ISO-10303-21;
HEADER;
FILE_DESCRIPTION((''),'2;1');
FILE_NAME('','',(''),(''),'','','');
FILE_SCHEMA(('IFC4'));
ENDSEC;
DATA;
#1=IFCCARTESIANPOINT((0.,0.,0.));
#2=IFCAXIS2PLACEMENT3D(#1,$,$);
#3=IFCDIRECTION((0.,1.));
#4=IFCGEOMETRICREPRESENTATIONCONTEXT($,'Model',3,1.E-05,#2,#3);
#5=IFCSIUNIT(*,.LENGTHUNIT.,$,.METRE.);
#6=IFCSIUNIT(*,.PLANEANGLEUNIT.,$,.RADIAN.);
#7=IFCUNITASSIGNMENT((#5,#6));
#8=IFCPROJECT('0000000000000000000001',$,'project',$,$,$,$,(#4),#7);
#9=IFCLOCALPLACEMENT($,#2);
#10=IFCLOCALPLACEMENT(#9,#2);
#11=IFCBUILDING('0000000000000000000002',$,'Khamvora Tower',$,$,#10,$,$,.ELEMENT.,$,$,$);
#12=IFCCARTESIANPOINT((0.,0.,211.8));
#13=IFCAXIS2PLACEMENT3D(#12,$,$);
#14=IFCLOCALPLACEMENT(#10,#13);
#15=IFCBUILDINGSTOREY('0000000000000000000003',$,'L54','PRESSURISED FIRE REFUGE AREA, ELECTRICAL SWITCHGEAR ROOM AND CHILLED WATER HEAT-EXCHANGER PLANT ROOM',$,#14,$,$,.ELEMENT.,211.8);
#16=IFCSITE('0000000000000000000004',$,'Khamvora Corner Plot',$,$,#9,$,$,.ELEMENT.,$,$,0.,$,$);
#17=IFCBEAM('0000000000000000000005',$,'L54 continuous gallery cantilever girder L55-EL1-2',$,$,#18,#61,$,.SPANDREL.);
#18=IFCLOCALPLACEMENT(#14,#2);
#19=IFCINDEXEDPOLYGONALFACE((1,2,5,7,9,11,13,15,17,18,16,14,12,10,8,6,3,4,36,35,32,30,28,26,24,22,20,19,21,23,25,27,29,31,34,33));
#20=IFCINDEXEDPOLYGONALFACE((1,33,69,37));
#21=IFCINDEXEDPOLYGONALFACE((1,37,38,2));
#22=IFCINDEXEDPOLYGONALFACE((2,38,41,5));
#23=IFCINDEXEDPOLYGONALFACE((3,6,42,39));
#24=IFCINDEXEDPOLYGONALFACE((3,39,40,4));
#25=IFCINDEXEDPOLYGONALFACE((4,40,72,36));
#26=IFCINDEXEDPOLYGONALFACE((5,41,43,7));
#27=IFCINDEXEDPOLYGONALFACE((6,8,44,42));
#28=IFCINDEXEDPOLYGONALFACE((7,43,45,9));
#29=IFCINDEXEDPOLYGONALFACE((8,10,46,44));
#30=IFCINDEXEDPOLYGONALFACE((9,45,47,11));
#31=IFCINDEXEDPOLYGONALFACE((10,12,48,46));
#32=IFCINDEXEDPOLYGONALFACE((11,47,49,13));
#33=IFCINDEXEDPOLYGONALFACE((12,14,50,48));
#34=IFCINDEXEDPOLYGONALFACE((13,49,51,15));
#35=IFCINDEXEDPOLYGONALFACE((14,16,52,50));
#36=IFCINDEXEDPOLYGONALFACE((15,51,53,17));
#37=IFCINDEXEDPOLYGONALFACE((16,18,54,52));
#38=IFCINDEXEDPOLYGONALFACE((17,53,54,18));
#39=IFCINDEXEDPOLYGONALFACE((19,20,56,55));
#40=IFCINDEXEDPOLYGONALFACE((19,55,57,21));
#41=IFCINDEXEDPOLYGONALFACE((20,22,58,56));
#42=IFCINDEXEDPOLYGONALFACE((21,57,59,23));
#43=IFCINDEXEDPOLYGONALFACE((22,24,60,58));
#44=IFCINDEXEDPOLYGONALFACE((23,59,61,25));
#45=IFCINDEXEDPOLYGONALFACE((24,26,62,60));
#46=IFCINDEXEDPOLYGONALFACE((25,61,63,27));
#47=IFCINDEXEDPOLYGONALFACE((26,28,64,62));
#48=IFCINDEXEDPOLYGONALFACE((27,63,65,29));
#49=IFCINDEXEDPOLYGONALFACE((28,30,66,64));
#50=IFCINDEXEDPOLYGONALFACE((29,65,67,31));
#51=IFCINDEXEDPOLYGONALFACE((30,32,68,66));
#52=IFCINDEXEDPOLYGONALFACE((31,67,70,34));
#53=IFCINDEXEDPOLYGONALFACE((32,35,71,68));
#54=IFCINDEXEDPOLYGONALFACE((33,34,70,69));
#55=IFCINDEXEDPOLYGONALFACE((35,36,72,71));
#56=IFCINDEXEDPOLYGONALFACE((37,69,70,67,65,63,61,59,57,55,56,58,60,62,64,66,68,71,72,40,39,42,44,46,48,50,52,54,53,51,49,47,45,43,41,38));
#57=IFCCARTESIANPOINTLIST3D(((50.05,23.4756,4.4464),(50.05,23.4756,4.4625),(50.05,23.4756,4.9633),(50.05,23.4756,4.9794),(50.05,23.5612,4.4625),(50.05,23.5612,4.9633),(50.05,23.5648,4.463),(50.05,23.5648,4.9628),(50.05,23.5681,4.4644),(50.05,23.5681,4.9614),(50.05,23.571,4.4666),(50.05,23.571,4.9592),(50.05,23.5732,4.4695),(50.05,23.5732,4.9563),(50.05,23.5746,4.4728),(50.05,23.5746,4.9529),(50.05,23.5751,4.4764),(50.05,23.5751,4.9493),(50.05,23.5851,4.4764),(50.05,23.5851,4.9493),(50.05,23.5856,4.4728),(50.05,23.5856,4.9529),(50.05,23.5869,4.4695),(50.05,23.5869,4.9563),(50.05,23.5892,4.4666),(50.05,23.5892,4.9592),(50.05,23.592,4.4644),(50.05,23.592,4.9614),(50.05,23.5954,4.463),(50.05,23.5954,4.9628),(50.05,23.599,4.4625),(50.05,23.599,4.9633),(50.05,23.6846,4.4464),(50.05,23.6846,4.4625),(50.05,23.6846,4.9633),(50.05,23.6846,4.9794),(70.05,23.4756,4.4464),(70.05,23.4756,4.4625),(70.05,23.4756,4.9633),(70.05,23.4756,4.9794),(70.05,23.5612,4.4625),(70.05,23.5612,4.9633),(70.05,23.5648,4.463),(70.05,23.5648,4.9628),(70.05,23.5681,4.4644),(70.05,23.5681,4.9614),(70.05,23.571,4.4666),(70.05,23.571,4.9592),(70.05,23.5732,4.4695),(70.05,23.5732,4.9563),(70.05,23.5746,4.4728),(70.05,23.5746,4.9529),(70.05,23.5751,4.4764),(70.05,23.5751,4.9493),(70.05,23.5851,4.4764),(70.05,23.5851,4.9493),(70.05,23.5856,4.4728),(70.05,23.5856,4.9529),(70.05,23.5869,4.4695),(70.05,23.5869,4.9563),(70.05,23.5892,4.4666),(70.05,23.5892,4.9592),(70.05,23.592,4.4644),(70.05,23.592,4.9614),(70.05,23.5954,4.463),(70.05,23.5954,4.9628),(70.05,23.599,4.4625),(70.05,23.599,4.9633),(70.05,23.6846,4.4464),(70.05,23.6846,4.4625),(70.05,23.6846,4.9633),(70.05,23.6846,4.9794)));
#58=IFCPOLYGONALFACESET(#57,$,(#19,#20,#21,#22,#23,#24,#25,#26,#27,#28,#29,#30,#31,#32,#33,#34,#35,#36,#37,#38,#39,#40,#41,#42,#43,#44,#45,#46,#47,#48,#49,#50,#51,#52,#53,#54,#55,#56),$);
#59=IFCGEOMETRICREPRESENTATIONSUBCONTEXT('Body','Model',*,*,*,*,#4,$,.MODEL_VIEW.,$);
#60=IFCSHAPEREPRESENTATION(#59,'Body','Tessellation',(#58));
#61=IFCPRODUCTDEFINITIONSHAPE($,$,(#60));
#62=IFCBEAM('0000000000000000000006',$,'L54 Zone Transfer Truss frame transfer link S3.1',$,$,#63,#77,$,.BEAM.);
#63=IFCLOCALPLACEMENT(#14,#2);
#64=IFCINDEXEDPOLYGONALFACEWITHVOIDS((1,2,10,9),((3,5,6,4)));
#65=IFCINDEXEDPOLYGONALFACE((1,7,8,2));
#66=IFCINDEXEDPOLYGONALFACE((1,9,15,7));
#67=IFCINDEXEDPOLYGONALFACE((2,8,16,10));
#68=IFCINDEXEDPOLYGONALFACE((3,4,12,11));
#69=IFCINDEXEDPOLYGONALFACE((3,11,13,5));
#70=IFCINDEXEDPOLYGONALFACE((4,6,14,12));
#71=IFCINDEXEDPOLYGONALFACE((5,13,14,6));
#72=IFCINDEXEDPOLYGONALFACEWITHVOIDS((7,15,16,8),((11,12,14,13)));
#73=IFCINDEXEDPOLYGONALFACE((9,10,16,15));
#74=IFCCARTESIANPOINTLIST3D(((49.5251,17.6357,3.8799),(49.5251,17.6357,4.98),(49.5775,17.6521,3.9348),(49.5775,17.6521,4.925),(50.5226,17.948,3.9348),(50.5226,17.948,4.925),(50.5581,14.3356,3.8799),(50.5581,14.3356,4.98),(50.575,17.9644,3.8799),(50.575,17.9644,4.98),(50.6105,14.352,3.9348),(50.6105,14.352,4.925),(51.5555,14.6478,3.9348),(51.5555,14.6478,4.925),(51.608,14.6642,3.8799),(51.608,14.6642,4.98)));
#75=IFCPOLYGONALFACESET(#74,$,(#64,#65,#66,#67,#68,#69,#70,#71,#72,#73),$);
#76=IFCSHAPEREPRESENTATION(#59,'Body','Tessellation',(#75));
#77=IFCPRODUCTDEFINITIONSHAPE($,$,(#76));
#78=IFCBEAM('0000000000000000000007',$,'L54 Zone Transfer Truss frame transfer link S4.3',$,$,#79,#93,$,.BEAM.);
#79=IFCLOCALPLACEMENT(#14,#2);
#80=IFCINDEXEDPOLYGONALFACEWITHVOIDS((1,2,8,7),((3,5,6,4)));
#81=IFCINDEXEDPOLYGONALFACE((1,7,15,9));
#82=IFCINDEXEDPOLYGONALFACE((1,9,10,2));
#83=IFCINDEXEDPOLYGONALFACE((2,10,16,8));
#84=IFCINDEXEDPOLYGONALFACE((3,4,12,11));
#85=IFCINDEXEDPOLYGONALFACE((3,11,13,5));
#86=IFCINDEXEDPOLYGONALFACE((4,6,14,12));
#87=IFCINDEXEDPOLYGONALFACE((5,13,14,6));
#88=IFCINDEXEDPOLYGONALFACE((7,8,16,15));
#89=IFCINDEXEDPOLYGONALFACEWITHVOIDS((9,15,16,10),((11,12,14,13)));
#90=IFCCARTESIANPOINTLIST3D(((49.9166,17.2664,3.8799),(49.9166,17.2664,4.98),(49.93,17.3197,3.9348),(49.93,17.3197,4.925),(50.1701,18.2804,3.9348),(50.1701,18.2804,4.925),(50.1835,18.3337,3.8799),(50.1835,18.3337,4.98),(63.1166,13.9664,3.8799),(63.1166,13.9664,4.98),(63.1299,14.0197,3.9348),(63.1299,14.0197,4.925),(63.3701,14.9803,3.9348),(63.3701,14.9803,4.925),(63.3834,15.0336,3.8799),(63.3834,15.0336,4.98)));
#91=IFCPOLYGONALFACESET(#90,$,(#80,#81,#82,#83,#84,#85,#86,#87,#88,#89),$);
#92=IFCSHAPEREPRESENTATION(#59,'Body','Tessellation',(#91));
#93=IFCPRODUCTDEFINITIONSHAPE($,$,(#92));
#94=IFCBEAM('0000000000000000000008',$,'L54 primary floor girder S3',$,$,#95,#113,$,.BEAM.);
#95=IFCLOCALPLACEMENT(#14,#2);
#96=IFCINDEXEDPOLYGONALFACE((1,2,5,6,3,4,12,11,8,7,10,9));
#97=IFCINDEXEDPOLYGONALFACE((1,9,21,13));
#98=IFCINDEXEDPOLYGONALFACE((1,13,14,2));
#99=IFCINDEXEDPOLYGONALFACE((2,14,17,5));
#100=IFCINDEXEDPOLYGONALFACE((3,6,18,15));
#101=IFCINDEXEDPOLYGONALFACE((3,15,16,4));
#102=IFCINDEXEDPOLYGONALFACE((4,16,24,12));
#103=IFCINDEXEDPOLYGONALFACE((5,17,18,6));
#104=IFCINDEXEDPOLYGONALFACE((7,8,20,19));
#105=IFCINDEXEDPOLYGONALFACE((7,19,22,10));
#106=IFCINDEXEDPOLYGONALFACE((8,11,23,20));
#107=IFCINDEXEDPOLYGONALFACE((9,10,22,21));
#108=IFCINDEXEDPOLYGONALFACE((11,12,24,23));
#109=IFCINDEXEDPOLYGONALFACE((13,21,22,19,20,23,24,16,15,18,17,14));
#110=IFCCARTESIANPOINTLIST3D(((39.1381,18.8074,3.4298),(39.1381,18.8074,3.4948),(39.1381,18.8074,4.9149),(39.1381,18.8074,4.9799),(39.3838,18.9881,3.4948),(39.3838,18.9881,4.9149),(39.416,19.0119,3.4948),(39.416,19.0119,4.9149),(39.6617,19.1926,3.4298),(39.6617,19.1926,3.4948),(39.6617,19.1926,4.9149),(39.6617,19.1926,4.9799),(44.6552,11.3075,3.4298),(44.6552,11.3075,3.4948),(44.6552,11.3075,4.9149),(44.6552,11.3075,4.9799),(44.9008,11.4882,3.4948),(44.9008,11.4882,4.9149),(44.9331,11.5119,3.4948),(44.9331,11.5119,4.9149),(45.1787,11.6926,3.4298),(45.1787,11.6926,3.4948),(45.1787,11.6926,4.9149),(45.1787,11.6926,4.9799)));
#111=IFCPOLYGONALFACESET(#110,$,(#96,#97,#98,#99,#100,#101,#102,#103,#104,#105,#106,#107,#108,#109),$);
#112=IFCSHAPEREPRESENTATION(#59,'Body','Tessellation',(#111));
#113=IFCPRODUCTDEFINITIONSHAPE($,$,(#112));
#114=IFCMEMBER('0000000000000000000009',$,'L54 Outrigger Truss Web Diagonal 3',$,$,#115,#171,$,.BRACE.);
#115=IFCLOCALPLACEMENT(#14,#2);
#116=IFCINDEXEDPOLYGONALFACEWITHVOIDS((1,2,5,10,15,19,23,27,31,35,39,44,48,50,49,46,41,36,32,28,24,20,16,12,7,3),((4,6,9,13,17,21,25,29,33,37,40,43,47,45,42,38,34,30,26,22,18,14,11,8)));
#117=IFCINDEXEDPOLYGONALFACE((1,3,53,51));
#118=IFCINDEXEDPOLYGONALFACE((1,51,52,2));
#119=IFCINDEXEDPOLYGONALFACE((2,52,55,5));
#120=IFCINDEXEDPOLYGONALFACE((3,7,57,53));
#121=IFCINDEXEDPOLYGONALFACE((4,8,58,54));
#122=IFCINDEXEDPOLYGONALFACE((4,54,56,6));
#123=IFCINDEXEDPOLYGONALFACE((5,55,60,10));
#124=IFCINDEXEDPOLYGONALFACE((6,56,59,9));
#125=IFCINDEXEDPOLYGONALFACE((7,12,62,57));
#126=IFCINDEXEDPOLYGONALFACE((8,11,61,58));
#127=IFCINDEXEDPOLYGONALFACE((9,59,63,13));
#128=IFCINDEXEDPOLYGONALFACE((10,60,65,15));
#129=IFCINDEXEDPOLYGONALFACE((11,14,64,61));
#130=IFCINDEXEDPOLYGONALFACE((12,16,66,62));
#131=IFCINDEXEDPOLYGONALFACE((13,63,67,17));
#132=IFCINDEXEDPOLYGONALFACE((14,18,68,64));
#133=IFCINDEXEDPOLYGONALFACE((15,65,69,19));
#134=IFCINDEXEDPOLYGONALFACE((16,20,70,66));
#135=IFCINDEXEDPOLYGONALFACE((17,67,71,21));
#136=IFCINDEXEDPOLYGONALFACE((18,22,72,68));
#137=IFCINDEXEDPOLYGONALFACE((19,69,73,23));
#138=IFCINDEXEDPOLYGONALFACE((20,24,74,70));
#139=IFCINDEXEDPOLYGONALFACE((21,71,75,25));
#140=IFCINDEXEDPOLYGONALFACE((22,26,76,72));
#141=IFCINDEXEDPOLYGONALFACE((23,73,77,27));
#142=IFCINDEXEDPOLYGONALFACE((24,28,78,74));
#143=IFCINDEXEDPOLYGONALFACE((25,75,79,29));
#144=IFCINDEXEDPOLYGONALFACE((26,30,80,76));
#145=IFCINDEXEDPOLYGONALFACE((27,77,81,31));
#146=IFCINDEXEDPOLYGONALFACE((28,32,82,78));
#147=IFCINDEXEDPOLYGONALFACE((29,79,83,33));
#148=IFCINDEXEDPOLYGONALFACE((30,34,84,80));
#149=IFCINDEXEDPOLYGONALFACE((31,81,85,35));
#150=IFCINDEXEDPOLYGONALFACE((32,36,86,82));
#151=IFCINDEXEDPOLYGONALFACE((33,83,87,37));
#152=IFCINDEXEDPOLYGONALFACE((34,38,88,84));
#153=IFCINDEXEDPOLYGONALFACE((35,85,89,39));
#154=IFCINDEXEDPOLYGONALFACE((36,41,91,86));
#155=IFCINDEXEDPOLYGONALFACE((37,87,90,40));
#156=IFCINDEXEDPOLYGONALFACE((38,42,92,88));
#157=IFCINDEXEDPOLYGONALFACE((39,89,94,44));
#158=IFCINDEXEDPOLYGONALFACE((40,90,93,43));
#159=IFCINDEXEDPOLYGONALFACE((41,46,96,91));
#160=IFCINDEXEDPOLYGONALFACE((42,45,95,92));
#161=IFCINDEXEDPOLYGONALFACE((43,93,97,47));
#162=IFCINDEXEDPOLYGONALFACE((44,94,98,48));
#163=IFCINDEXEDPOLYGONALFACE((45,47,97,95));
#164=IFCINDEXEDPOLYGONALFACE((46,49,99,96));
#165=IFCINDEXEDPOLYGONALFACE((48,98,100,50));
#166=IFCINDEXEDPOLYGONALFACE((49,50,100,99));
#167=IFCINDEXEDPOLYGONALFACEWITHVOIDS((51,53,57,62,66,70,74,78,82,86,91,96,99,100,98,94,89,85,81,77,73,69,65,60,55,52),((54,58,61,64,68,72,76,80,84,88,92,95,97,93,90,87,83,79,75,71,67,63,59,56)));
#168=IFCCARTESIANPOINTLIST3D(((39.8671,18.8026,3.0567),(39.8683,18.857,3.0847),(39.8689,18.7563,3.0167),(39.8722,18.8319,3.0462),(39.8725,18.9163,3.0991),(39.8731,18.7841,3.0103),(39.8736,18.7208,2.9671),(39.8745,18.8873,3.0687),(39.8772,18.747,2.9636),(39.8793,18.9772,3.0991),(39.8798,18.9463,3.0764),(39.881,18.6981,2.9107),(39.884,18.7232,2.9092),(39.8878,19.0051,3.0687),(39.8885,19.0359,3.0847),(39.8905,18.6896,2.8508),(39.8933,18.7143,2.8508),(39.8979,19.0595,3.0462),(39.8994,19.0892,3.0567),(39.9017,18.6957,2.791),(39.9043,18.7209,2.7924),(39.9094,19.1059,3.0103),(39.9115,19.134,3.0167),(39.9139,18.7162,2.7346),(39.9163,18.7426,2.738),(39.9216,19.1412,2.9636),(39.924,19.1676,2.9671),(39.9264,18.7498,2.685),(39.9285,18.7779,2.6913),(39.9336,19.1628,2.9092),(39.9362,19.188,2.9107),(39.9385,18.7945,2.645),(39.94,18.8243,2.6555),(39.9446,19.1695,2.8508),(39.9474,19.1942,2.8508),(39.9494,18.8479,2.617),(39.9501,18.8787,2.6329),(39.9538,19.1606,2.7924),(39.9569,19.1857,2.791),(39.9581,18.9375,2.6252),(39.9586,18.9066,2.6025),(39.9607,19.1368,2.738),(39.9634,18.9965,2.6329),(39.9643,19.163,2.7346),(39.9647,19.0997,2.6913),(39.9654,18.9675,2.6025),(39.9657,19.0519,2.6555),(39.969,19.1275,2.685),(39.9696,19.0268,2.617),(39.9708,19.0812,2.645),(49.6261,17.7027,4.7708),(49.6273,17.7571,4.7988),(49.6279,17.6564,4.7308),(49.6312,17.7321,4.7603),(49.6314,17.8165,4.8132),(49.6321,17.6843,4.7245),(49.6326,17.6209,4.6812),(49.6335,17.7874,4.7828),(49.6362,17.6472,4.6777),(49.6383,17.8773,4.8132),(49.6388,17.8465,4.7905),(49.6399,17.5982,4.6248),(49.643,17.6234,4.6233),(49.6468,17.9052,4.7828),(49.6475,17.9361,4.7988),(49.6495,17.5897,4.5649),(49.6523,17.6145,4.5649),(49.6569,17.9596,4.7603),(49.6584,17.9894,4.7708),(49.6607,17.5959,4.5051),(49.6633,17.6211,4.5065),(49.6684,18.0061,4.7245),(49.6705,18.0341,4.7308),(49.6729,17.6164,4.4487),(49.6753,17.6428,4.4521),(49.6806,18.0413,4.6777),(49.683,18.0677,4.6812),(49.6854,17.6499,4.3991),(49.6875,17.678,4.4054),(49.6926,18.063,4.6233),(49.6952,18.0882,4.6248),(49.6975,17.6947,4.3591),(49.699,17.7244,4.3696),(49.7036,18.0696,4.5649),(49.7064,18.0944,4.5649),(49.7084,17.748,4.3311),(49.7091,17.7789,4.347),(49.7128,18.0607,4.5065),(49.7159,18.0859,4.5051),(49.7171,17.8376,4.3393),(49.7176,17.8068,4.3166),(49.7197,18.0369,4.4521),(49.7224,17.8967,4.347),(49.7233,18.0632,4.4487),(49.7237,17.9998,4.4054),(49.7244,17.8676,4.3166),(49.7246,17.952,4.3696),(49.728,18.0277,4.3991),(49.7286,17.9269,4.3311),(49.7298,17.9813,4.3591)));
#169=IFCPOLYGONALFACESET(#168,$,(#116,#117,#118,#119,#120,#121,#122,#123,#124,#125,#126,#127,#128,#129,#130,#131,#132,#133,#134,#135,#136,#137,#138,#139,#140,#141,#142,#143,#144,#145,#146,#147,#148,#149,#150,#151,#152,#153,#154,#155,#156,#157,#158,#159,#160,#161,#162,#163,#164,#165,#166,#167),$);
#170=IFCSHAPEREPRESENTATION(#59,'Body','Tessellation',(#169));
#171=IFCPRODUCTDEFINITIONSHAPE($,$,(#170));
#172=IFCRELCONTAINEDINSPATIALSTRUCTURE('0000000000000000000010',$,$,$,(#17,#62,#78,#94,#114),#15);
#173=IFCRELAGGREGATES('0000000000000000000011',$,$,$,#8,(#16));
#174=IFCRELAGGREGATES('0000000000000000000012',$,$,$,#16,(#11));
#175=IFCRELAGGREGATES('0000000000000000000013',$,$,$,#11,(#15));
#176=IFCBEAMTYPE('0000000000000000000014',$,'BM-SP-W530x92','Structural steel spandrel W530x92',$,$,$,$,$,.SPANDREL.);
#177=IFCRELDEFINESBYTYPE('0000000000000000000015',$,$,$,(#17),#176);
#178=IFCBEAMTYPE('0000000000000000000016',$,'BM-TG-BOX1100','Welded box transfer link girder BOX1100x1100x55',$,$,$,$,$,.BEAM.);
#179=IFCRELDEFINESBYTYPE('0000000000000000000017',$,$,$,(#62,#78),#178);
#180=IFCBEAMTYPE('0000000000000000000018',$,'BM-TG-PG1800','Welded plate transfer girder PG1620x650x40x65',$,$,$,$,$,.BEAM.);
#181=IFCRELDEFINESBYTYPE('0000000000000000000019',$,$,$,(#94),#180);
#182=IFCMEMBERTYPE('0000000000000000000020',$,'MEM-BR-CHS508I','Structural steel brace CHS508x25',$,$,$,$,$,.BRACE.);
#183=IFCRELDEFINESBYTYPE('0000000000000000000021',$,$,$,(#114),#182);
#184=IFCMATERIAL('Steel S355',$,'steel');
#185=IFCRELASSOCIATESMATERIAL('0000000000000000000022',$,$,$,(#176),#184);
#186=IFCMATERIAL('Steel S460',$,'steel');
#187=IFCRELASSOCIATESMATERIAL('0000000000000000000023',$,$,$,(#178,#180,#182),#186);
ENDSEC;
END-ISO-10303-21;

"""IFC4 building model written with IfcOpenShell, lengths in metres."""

from ifc_helpers import new_model, si_unit, direction, frame, origin, origin_2d, place, context, subcontext, project, spatial, hollow_rectangle, hollow_circle, i_section, extrude, material, material_profile, profile_set, type_object, element, save


model = new_model("IFC4")

# Units and contexts
model_context = context("Model", 3, precision=1e-05, world=origin(), true_north=direction((0.0, 1.0)))
body_context = subcontext(model_context, "Body", "Model", "MODEL_VIEW")
ifc_project = project(units=[si_unit("LENGTHUNIT", "METRE"), si_unit("PLANEANGLEUNIT", "RADIAN")], contexts=[model_context])

# Site, building, storey
site_placement = place(None, origin())
site = spatial("IfcSite", under=ifc_project, at=site_placement, Name="Khamvora Corner Plot", CompositionType="ELEMENT", RefElevation=0.0)
building_placement = place(site_placement, origin())
building = spatial("IfcBuilding", under=site, at=building_placement, Name="Khamvora Tower", CompositionType="ELEMENT")
storey_placement = place(building_placement, frame((0.0, 0.0, 211.8)))
storey = spatial("IfcBuildingStorey", under=building, at=storey_placement, Name="L54", Description="PRESSURISED FIRE REFUGE AREA, ELECTRICAL SWITCHGEAR ROOM AND CHILLED WATER HEAT-EXCHANGER PLANT ROOM", CompositionType="ELEMENT", Elevation=211.8)

# Shared definitions
ifc_material_1 = material(Name="Steel S460", Category="steel")

# Beams
ifc_material_2 = material(Name="Steel S355", Category="steel")
ifc_material_profile_1 = material_profile(ifc_material_2, i_section(OverallWidth=0.209, OverallDepth=0.533, WebThickness=0.01, FlangeThickness=0.0161, FilletRadius=0.0139, at=origin_2d()), Name="W530x92")
ifc_profile_set_1 = profile_set([ifc_material_profile_1], Name="Steel S355")
beam_type_1 = type_object("IfcBeamType", Name="BM-SP-W530x92", Description="Structural steel spandrel W530x92", PredefinedType="SPANDREL", material=ifc_profile_set_1)
for number, where, z_axis, x_axis, name in (
    (1, (50.05, 23.5801, 4.7129), (1.0, 0.0, 0.0), (0.0, 1.0, 0.0), "L54 continuous gallery cantilever girder L55-EL1-2"),
):
    element("IfcBeam", number, at=place(storey_placement, frame(where, z_axis=z_axis, x_axis=x_axis)), inside=storey, type_object=beam_type_1, Name=name, PredefinedType="SPANDREL", context=body_context, shape_type="SweptSolid", body=[
        extrude(i_section(OverallWidth=0.209, OverallDepth=0.533, WebThickness=0.01, FlangeThickness=0.0161, FilletRadius=0.0139, at=origin_2d()), origin(), (0.0, 0.0, 1.0), 20.0),
    ])
ifc_material_profile_2 = material_profile(ifc_material_1, hollow_rectangle(XDim=1.1001, YDim=1.1001, WallThickness=0.0549, at=origin_2d()), Name="BOX1100x1100x55")
ifc_profile_set_2 = profile_set([ifc_material_profile_2], Name="Steel S460")
beam_type_2 = type_object("IfcBeamType", Name="BM-TG-BOX1100", Description="Welded box transfer link girder BOX1100x1100x55", PredefinedType="BEAM", material=ifc_profile_set_2)
beam_1_placement = place(storey_placement, frame((50.05, 17.8, 4.4299), z_axis=(0.298721, -0.95434, 0.0), x_axis=(0.95434, 0.298721, 0.0)))
element("IfcBeam", 2, at=beam_1_placement, inside=storey, type_object=beam_type_2, Name="L54 Zone Transfer Truss frame transfer link S3.1", PredefinedType="BEAM", context=body_context, shape_type="SweptSolid", body=[
    extrude(hollow_rectangle(XDim=1.1001, YDim=1.1001, WallThickness=0.0549, at=origin_2d()), origin(), (0.0, 0.0, 1.0), 3.458),
])
beam_2_placement = place(storey_placement, frame((50.05, 17.8, 4.4299), z_axis=(0.970141, -0.24254, 0.0), x_axis=(0.24254, 0.970141, 0.0)))
element("IfcBeam", 3, at=beam_2_placement, inside=storey, type_object=beam_type_2, Name="L54 Zone Transfer Truss frame transfer link S4.3", PredefinedType="BEAM", context=body_context, shape_type="SweptSolid", body=[
    extrude(hollow_rectangle(XDim=1.1001, YDim=1.1001, WallThickness=0.0549, at=origin_2d()), origin(), (0.0, 0.0, 1.0), 13.6062),
])
ifc_material_profile_3 = material_profile(ifc_material_1, i_section(OverallWidth=0.6499, OverallDepth=1.55, WebThickness=0.04, FlangeThickness=0.0649, at=origin_2d()), Name="PG1550x650x40x65")
ifc_profile_set_3 = profile_set([ifc_material_profile_3], Name="Steel S460")
beam_type_3 = type_object("IfcBeamType", Name="BM-TG-PG1800", Description="Welded plate transfer girder PG1620x650x40x65", PredefinedType="BEAM", material=ifc_profile_set_3)
beam_3_placement = place(storey_placement, frame((39.3999, 19.0, 4.2048), z_axis=(0.592557, -0.805529, 0.0), x_axis=(0.805529, 0.592557, 0.0)))
element("IfcBeam", 4, at=beam_3_placement, inside=storey, type_object=beam_type_3, Name="L54 primary floor girder S3", PredefinedType="BEAM", context=body_context, shape_type="SweptSolid", body=[
    extrude(i_section(OverallWidth=0.6499, OverallDepth=1.55, WebThickness=0.04, FlangeThickness=0.0649, at=origin_2d()), origin(), (0.0, 0.0, 1.0), 9.3105),
])

# Member
ifc_material_profile_4 = material_profile(ifc_material_1, hollow_circle(Radius=0.2539, WallThickness=0.0249, at=origin_2d()), Name="CHS508x25")
ifc_profile_set_4 = profile_set([ifc_material_profile_4], Name="Steel S460")
member_type_1 = type_object("IfcMemberType", Name="MEM-BR-CHS508I", Description="Structural steel brace CHS508x25", PredefinedType="BRACE", material=ifc_profile_set_4)
member_1_placement = place(storey_placement, frame((39.9189, 18.9419, 2.8508), z_axis=(0.97891, -0.110324, 0.171939), x_axis=(0.111992, 0.993709, 0.0)))
element("IfcMember", 5, at=member_1_placement, inside=storey, type_object=member_type_1, Name="L54 Outrigger Truss Web Diagonal 3", PredefinedType="BRACE", context=body_context, shape_type="SweptSolid", body=[
    extrude(hollow_circle(Radius=0.2539, WallThickness=0.0249, at=origin_2d()), origin(), (0.0, 0.0, 1.0), 9.9692),
])

save(model, "model.ifc")
